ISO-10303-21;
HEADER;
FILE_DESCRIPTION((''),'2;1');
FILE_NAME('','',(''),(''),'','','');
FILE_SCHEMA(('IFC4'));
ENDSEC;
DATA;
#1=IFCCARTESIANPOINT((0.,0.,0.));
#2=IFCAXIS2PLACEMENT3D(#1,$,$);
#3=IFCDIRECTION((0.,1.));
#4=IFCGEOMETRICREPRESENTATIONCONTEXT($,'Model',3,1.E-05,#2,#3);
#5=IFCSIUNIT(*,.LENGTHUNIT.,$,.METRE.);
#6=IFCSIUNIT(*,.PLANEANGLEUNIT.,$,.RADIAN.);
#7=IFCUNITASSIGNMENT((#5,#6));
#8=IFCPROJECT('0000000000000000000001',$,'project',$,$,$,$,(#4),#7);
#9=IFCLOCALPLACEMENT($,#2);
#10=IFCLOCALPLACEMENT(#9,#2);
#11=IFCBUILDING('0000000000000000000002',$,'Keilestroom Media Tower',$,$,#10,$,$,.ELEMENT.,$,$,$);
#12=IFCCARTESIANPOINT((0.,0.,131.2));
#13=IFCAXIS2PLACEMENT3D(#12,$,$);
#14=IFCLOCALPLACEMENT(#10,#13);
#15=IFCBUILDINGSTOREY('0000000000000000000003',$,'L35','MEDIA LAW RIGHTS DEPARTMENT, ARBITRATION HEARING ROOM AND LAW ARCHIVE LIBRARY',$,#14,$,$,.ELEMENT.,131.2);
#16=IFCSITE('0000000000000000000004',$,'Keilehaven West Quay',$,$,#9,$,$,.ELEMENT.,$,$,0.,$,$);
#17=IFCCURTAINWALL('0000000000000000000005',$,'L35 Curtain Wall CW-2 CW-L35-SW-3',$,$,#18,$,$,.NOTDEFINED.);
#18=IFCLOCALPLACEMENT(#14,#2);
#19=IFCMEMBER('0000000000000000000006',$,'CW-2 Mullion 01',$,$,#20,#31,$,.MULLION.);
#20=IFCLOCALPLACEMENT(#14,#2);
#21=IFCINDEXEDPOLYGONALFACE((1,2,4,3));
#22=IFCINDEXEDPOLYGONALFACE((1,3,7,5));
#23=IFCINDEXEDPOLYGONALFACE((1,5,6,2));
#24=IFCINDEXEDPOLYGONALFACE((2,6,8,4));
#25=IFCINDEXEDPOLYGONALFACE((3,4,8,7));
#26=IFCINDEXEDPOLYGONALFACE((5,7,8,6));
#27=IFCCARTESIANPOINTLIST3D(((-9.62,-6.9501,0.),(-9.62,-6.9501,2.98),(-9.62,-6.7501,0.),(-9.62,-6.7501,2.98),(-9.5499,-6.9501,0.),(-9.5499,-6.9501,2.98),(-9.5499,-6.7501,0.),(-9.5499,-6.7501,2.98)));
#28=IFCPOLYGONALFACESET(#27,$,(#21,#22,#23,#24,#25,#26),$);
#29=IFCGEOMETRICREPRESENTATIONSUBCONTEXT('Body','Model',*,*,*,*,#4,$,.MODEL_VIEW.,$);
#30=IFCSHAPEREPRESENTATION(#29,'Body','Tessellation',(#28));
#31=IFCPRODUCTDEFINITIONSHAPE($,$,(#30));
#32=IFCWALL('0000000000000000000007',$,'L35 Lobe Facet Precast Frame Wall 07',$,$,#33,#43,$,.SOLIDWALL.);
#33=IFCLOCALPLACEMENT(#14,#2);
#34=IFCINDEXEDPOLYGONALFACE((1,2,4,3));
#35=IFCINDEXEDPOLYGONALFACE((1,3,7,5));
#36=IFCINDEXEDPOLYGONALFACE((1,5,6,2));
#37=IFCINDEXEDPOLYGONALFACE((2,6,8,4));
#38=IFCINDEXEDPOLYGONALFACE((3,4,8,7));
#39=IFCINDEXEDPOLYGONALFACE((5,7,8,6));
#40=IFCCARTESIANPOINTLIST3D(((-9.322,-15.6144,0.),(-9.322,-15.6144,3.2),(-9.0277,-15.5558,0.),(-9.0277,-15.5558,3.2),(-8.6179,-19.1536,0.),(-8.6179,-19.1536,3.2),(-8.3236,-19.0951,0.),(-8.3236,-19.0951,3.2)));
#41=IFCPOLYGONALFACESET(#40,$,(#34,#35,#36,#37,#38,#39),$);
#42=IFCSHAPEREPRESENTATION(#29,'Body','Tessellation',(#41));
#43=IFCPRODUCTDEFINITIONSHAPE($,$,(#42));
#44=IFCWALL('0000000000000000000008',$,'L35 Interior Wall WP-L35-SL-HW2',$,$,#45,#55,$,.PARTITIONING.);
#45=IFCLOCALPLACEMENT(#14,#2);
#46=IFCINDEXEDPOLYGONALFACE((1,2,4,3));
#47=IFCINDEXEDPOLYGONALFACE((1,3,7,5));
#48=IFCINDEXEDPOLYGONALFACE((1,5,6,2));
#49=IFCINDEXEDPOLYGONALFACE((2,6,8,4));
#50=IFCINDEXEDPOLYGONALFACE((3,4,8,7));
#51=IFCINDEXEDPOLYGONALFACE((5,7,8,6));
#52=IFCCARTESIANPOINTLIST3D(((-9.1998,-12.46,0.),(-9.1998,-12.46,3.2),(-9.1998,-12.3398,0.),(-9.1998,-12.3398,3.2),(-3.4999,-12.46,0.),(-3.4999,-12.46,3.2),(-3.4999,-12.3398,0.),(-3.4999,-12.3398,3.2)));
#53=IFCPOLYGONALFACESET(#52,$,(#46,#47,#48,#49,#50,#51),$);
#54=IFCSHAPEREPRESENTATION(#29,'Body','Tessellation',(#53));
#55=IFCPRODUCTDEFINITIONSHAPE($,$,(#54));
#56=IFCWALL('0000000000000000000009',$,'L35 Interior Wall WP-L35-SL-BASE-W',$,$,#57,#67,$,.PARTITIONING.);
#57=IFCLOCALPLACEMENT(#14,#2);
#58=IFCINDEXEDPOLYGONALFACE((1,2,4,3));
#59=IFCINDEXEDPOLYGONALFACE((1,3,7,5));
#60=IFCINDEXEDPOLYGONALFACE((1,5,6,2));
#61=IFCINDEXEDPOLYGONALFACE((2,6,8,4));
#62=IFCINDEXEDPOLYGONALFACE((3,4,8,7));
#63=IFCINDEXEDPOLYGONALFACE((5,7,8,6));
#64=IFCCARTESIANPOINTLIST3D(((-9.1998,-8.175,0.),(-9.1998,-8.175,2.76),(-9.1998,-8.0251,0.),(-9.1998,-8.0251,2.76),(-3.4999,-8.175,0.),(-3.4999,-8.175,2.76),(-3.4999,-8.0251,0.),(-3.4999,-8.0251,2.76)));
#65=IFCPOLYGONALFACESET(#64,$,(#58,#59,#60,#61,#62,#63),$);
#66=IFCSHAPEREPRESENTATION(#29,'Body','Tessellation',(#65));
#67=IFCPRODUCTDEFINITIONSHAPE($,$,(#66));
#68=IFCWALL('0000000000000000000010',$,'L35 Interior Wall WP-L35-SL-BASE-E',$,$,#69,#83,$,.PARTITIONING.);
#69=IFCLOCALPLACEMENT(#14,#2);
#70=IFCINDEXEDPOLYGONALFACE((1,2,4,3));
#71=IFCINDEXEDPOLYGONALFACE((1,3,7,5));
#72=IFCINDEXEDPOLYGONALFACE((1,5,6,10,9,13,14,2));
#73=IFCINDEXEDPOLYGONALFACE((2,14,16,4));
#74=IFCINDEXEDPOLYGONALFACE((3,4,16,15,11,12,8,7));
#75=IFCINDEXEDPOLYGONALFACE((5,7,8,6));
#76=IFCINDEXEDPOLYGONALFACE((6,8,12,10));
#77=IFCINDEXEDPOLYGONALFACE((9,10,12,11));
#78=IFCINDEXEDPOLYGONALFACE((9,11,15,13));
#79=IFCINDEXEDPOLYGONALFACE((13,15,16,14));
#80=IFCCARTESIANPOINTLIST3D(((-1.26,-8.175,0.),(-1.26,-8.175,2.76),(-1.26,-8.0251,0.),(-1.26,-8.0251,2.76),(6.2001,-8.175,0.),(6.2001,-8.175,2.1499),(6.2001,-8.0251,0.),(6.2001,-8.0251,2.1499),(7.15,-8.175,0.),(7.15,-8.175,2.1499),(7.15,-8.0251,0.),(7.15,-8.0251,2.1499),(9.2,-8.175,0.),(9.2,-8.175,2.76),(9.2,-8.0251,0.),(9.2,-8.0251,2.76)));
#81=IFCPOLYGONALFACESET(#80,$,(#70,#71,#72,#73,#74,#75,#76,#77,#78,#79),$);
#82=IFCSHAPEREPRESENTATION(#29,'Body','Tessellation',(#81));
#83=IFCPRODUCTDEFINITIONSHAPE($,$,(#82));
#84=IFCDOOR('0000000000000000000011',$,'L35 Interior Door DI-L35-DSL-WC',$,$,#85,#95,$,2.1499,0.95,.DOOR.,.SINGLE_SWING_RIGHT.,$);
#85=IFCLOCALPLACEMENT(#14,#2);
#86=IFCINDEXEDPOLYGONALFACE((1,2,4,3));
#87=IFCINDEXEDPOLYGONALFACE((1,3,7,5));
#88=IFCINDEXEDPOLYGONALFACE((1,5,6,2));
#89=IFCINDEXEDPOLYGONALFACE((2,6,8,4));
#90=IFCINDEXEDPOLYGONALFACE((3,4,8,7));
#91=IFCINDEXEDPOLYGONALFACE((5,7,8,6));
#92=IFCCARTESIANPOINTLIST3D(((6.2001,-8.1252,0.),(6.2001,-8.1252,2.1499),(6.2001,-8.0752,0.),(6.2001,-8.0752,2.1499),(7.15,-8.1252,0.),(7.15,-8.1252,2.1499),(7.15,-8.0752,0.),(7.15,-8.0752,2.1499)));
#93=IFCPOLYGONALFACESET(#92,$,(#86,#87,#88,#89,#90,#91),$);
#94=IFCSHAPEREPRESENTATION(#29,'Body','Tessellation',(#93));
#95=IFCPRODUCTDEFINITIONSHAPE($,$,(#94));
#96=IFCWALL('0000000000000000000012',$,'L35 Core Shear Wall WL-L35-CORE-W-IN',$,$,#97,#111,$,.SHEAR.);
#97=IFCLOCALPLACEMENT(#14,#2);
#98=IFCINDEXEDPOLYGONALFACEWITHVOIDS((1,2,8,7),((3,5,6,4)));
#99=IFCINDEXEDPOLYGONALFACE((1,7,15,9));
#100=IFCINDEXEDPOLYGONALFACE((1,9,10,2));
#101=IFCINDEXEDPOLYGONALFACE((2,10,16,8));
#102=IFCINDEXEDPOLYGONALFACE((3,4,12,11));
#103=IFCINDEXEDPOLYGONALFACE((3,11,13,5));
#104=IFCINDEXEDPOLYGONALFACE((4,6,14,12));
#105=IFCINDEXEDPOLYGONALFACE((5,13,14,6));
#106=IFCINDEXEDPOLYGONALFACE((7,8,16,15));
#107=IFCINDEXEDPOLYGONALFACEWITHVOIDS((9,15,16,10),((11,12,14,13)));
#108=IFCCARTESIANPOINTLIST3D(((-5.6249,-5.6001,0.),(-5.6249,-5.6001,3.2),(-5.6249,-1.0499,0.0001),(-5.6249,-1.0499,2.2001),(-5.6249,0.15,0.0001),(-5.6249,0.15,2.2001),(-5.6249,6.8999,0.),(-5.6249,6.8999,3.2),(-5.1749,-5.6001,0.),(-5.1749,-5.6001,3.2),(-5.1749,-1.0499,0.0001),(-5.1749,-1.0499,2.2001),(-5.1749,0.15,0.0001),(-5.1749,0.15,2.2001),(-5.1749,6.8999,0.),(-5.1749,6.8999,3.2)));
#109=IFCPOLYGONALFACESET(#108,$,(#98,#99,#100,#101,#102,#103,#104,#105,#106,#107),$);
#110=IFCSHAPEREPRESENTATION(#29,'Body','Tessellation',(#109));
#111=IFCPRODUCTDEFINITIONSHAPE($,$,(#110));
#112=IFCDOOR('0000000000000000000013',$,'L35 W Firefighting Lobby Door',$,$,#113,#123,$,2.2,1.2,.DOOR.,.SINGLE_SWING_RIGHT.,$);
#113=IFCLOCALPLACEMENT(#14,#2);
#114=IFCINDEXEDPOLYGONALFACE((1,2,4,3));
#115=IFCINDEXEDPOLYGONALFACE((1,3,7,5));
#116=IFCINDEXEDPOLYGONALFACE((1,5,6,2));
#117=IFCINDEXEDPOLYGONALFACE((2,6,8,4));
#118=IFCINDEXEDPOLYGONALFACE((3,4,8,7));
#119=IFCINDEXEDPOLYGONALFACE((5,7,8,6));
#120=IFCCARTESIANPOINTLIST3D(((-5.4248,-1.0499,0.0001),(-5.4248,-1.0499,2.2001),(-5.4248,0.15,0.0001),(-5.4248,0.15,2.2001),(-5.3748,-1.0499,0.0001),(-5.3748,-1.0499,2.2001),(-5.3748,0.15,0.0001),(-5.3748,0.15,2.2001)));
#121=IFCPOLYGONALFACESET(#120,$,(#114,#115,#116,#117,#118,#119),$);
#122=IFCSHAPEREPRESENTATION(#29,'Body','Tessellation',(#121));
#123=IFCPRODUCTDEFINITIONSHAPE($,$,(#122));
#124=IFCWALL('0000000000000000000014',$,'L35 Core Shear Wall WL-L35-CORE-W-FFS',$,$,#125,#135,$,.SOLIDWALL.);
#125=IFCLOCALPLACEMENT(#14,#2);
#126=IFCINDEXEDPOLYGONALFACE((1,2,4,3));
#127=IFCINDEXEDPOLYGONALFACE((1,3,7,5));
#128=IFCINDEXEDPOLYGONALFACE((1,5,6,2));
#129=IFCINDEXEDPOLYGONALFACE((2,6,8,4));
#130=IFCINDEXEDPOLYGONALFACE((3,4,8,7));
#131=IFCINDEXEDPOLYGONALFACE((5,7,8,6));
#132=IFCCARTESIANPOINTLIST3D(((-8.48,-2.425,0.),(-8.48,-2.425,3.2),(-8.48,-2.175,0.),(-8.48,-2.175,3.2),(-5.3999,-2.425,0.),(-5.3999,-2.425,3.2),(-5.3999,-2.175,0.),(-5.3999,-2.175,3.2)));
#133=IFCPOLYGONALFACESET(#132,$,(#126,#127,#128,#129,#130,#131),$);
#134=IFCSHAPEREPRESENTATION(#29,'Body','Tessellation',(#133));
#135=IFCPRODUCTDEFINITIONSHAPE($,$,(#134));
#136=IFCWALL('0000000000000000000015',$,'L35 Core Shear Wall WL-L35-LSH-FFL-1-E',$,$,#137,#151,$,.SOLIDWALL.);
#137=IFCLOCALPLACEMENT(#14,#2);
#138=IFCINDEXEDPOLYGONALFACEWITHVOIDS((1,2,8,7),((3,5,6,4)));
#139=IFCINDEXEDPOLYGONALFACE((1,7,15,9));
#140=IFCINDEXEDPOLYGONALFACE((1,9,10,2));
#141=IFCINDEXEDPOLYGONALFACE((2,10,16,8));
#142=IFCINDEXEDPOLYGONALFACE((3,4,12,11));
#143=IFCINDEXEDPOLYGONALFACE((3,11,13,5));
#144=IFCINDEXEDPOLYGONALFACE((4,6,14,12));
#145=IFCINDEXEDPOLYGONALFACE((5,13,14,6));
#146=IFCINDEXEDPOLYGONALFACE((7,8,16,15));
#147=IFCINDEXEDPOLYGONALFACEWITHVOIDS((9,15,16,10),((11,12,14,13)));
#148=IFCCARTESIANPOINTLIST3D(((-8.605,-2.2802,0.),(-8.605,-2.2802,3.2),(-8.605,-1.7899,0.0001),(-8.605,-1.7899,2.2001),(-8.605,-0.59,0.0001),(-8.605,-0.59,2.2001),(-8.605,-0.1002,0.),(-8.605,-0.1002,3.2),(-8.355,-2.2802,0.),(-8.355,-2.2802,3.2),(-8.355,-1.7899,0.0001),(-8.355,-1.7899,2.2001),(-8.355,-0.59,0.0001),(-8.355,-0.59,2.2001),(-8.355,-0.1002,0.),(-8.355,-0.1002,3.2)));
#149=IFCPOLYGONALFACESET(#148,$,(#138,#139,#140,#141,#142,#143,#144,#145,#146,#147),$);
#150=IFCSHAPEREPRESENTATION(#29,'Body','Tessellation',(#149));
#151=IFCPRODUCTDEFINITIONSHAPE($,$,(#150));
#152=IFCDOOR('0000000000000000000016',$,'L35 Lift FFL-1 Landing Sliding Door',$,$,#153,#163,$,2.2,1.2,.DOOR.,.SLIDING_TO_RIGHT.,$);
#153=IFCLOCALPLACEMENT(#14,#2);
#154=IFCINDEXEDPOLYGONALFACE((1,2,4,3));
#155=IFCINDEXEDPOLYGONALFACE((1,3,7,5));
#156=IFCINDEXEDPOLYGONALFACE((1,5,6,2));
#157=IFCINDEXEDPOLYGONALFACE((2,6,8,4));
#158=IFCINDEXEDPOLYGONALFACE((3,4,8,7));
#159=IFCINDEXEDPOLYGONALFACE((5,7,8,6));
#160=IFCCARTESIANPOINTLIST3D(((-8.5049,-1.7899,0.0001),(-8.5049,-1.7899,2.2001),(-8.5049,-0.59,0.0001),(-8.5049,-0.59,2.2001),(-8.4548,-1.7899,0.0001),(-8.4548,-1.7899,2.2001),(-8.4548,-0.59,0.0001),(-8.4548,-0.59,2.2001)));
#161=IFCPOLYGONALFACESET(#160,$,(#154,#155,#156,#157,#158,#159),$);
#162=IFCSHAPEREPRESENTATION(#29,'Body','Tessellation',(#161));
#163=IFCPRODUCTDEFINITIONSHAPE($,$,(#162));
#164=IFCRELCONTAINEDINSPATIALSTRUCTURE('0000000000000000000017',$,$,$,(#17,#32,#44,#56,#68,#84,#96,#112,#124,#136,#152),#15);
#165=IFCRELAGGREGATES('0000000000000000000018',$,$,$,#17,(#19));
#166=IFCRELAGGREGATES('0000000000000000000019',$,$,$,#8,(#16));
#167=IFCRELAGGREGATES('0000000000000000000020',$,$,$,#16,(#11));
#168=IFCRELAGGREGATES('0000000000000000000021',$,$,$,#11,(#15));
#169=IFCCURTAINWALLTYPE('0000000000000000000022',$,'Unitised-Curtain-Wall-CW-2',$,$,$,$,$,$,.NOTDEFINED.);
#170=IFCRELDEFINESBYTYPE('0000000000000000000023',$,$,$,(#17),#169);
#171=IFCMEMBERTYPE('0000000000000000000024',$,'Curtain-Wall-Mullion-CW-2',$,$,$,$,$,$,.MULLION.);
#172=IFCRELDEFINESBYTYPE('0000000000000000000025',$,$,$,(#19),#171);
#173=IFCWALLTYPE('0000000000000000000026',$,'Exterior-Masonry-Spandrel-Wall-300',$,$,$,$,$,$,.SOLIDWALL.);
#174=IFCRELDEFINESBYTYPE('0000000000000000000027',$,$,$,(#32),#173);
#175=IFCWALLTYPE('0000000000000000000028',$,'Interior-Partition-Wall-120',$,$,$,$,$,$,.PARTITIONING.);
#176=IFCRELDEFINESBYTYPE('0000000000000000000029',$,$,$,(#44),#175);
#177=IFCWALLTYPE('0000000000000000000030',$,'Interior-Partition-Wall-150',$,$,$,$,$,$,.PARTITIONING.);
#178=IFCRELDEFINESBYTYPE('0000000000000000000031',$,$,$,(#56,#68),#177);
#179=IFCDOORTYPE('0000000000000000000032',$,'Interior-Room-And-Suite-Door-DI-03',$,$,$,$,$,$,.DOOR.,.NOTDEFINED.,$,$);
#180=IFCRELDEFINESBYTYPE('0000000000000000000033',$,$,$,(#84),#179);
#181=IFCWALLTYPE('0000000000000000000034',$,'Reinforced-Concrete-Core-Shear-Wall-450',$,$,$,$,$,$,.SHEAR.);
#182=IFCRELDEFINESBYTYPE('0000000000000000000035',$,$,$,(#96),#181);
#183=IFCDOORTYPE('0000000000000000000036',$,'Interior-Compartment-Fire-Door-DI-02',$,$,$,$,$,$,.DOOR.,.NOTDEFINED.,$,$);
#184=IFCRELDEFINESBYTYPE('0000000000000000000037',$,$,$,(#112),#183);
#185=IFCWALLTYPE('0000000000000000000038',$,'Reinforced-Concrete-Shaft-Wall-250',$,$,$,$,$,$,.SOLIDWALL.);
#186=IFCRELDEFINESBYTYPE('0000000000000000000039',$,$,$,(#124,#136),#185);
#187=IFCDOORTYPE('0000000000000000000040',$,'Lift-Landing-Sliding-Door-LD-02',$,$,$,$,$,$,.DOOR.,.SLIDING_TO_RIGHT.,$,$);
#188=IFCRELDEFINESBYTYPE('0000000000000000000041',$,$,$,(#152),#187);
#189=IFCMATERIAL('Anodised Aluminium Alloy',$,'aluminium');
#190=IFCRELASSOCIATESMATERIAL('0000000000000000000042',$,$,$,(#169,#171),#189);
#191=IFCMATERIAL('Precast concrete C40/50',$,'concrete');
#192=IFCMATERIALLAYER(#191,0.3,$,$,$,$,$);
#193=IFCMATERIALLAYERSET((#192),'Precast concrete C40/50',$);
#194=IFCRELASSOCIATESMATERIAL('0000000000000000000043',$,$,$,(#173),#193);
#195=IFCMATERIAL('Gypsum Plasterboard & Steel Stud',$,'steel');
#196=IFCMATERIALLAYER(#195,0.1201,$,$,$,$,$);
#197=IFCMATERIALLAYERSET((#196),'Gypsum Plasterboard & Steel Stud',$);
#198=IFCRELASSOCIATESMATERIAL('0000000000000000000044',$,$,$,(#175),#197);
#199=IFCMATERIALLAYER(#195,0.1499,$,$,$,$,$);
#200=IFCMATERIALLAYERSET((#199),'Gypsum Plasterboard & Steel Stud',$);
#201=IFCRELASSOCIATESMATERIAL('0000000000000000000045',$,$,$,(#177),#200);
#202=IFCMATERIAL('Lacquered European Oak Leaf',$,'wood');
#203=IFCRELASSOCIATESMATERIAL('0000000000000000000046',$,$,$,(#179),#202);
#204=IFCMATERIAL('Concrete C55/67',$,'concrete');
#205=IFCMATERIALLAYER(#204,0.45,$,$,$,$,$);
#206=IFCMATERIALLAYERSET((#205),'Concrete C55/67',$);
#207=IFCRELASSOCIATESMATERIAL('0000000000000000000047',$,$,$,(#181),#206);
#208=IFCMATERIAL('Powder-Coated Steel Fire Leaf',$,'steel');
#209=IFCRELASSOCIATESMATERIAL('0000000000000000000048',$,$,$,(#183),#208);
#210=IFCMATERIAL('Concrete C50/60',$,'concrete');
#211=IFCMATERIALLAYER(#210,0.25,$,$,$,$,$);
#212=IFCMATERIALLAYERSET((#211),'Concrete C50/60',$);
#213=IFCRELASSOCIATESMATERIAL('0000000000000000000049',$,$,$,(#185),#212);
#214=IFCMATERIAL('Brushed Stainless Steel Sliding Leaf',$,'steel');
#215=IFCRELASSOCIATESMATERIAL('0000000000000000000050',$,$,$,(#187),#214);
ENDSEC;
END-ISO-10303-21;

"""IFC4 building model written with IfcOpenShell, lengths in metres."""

from ifc_helpers import new_model, si_unit, direction, frame, frame_2d, origin, origin_2d, place, context, subcontext, project, spatial, rectangle, extrude, source, transform, mapped, material, layer, layer_set, material_profile, profile_set, type_object, element, fill, aggregate, save


model = new_model("IFC4")

# Units and contexts
model_context = context("Model", 3, precision=1e-05, world=origin(), true_north=direction((0.0, 1.0)))
body_context = subcontext(model_context, "Body", "Model", "MODEL_VIEW")
ifc_project = project(units=[si_unit("LENGTHUNIT", "METRE"), si_unit("PLANEANGLEUNIT", "RADIAN")], contexts=[model_context])

# Site, building, storey
site_placement = place(None, origin())
site = spatial("IfcSite", under=ifc_project, at=site_placement, Name="Keilehaven West Quay", CompositionType="ELEMENT", RefElevation=0.0)
building_placement = place(site_placement, origin())
building = spatial("IfcBuilding", under=site, at=building_placement, Name="Keilestroom Media Tower", CompositionType="ELEMENT")
storey_placement = place(building_placement, frame((0.0, 0.0, 131.2)))
storey = spatial("IfcBuildingStorey", under=building, at=storey_placement, Name="L35", Description="MEDIA LAW RIGHTS DEPARTMENT, ARBITRATION HEARING ROOM AND LAW ARCHIVE LIBRARY", CompositionType="ELEMENT", Elevation=131.2)

# Shared definitions
ifc_material_1 = material(Name="Concrete C55/67", Category="concrete")

# Curtain wall, member
ifc_material_2 = material(Name="Anodised Aluminium Alloy", Category="aluminium")
curtain_wall_type = type_object("IfcCurtainWallType", Name="Unitised-Curtain-Wall-CW-2", PredefinedType="NOTDEFINED", material=ifc_material_2)
curtain_wall_placement = place(storey_placement, origin())
curtain_wall = element("IfcCurtainWall", 1, at=curtain_wall_placement, inside=storey, type_object=curtain_wall_type, Name="L35 Curtain Wall CW-2 CW-L35-SW-3", PredefinedType="NOTDEFINED")
ifc_material_profile_1 = material_profile(ifc_material_2, rectangle(XDim=0.0701, YDim=0.2, at=origin_2d()), Name="ALU MULLION 70x200")
ifc_profile_set_1 = profile_set([ifc_material_profile_1], Name="Anodised Aluminium Alloy")
member_type = type_object("IfcMemberType", Name="Curtain-Wall-Mullion-CW-2", PredefinedType="MULLION", material=ifc_profile_set_1)
shared_shape_1 = source(origin(), body_context, "Body", "SweptSolid", [
    extrude(rectangle(XDim=0.0701, YDim=0.2, at=origin_2d()), origin(), (0.0, 0.0, 1.0), 2.98),
])
member_placement = place(storey_placement, frame((-9.585, -6.8501, 0.0), z_axis=(0.0, 0.0, 1.0), x_axis=(1.0, 0.0, 0.0)))
member = element("IfcMember", 2, at=member_placement, type_object=member_type, Name="CW-2 Mullion 01", PredefinedType="MULLION", context=body_context, shape_type="MappedRepresentation", body=[
    mapped(shared_shape_1, transform((0.0, 0.0, 0.0), x_axis=(1.0, 0.0, 0.0), y_axis=(0.0, 1.0, 0.0), z_axis=(0.0, 0.0, 1.0), scale=1.0)),
])
aggregate(curtain_wall, [member])

# Walls
ifc_material_3 = material(Name="Precast concrete C40/50", Category="concrete")
ifc_layer_1 = layer(ifc_material_3, 0.3)
ifc_layer_set_1 = layer_set([ifc_layer_1], Name="Precast concrete C40/50")
wall_type_1 = type_object("IfcWallType", Name="Exterior-Masonry-Spandrel-Wall-300", PredefinedType="SOLIDWALL", material=ifc_layer_set_1)
wall_1_placement = place(storey_placement, frame((-9.1748, -15.5852, 0.0), z_axis=(0.0, 0.0, 1.0), x_axis=(0.195114, -0.980781, 0.0)))
element("IfcWall", 3, at=wall_1_placement, inside=storey, type_object=wall_type_1, Name="L35 Lobe Facet Precast Frame Wall 07", PredefinedType="SOLIDWALL", context=body_context, shape_type="SweptSolid", body=[
    extrude(rectangle(XDim=3.6086, YDim=0.3, at=frame_2d((1.8042, 0.0))), origin(), (0.0, 0.0, 1.0), 3.2),
])
ifc_material_4 = material(Name="Gypsum Plasterboard & Steel Stud", Category="steel")
ifc_layer_2 = layer(ifc_material_4, 0.1201)
ifc_layer_set_2 = layer_set([ifc_layer_2], Name="Gypsum Plasterboard & Steel Stud")
wall_type_2 = type_object("IfcWallType", Name="Interior-Partition-Wall-120", PredefinedType="PARTITIONING", material=ifc_layer_set_2)
wall_2_placement = place(storey_placement, frame((-9.2, -12.3999, 0.0), z_axis=(0.0, 0.0, 1.0), x_axis=(1.0, 0.0, 0.0)))
element("IfcWall", 4, at=wall_2_placement, inside=storey, type_object=wall_type_2, Name="L35 Interior Wall WP-L35-SL-HW2", PredefinedType="PARTITIONING", context=body_context, shape_type="SweptSolid", body=[
    extrude(rectangle(XDim=5.7, YDim=0.1201, at=frame_2d((2.8501, 0.0))), origin(), (0.0, 0.0, 1.0), 3.2),
])
ifc_layer_3 = layer(ifc_material_4, 0.1499)
ifc_layer_set_3 = layer_set([ifc_layer_3], Name="Gypsum Plasterboard & Steel Stud")
wall_type_3 = type_object("IfcWallType", Name="Interior-Partition-Wall-150", PredefinedType="PARTITIONING", material=ifc_layer_set_3)
wall_3_placement = place(storey_placement, frame((-9.2, -8.1001, 0.0), z_axis=(0.0, 0.0, 1.0), x_axis=(1.0, 0.0, 0.0)))
element("IfcWall", 5, at=wall_3_placement, inside=storey, type_object=wall_type_3, Name="L35 Interior Wall WP-L35-SL-BASE-W", PredefinedType="PARTITIONING", context=body_context, shape_type="SweptSolid", body=[
    extrude(rectangle(XDim=5.7, YDim=0.1499, at=frame_2d((2.8501, 0.0))), origin(), (0.0, 0.0, 1.0), 2.76),
])

# Walls, openings, doors
wall_4_placement = place(storey_placement, frame((-1.26, -8.1001, 0.0), z_axis=(0.0, 0.0, 1.0), x_axis=(1.0, 0.0, 0.0)))
wall_4 = element("IfcWall", 6, at=wall_4_placement, inside=storey, type_object=wall_type_3, Name="L35 Interior Wall WP-L35-SL-BASE-E", PredefinedType="PARTITIONING", context=body_context, shape_type="SweptSolid", body=[
    extrude(rectangle(XDim=10.46, YDim=0.1499, at=frame_2d((5.23, 0.0))), origin(), (0.0, 0.0, 1.0), 2.76),
])
opening_1_placement = place(wall_4_placement, frame((7.46, 0.0, 0.0)))
opening_1 = element("IfcOpeningElement", 7, at=opening_1_placement, cuts=wall_4, PredefinedType="OPENING", context=body_context, shape_type="SweptSolid", body=[
    extrude(rectangle(XDim=0.95, YDim=2.1499, at=frame_2d((0.4751, 1.075))), frame((0.0, 0.085, 0.0), z_axis=(0.0, -1.0, 0.0), x_axis=(1.0, 0.0, 0.0)), (0.0, 0.0, 1.0), 0.1699),
])
ifc_material_5 = material(Name="Lacquered European Oak Leaf", Category="wood")
door_type_1 = type_object("IfcDoorType", Name="Interior-Room-And-Suite-Door-DI-03", OperationType="NOTDEFINED", PredefinedType="DOOR", material=ifc_material_5)
shared_shape_2 = source(origin(), body_context, "Body", "SweptSolid", [
    extrude(rectangle(XDim=0.95, YDim=2.1499, at=frame_2d((0.4751, 1.075))), frame((0.0, 0.0249, 0.0), z_axis=(0.0, -1.0, 0.0), x_axis=(1.0, 0.0, 0.0)), (0.0, 0.0, 1.0), 0.05),
])
door_1_placement = place(opening_1_placement, origin())
door_1 = element("IfcDoor", 8, at=door_1_placement, inside=storey, type_object=door_type_1, Name="L35 Interior Door DI-L35-DSL-WC", OperationType="SINGLE_SWING_RIGHT", OverallHeight=2.1499, OverallWidth=0.95, PredefinedType="DOOR", context=body_context, shape_type="MappedRepresentation", body=[
    mapped(shared_shape_2, transform((0.0, 0.0, 0.0), x_axis=(1.0, 0.0, 0.0), y_axis=(0.0, 1.0, 0.0), z_axis=(0.0, 0.0, 1.0), scale=1.0)),
])
fill(opening_1, door_1)
ifc_layer_4 = layer(ifc_material_1, 0.45)
ifc_layer_set_4 = layer_set([ifc_layer_4], Name="Concrete C55/67")
wall_type_4 = type_object("IfcWallType", Name="Reinforced-Concrete-Core-Shear-Wall-450", PredefinedType="SHEAR", material=ifc_layer_set_4)
wall_5_placement = place(storey_placement, frame((-5.3999, -5.6001, 0.0), z_axis=(0.0, 0.0, 1.0), x_axis=(0.0, 1.0, 0.0)))
wall_5 = element("IfcWall", 9, at=wall_5_placement, inside=storey, type_object=wall_type_4, Name="L35 Core Shear Wall WL-L35-CORE-W-IN", PredefinedType="SHEAR", context=body_context, shape_type="SweptSolid", body=[
    extrude(rectangle(XDim=12.5, YDim=0.45, at=frame_2d((6.25, 0.0))), origin(), (0.0, 0.0, 1.0), 3.2),
])
opening_2_placement = place(wall_5_placement, frame((4.55, 0.0, 0.0)))
opening_2 = element("IfcOpeningElement", 10, at=opening_2_placement, cuts=wall_5, PredefinedType="OPENING", context=body_context, shape_type="SweptSolid", body=[
    extrude(rectangle(XDim=1.2, YDim=2.2, at=frame_2d((0.6001, 1.1001))), frame((0.0, 0.2349, 0.0), z_axis=(0.0, -1.0, 0.0), x_axis=(1.0, 0.0, 0.0)), (0.0, 0.0, 1.0), 0.47),
])
ifc_material_6 = material(Name="Powder-Coated Steel Fire Leaf", Category="steel")
door_type_2 = type_object("IfcDoorType", Name="Interior-Compartment-Fire-Door-DI-02", OperationType="NOTDEFINED", PredefinedType="DOOR", material=ifc_material_6)
shared_shape_3 = source(origin(), body_context, "Body", "SweptSolid", [
    extrude(rectangle(XDim=1.2, YDim=2.2, at=frame_2d((0.6001, 1.1001))), frame((0.0, 0.0249, 0.0), z_axis=(0.0, -1.0, 0.0), x_axis=(1.0, 0.0, 0.0)), (0.0, 0.0, 1.0), 0.05),
])
door_2_placement = place(opening_2_placement, origin())
door_2 = element("IfcDoor", 11, at=door_2_placement, inside=storey, type_object=door_type_2, Name="L35 W Firefighting Lobby Door", OperationType="SINGLE_SWING_RIGHT", OverallHeight=2.2, OverallWidth=1.2, PredefinedType="DOOR", context=body_context, shape_type="MappedRepresentation", body=[
    mapped(shared_shape_3, transform((0.0, 0.0, 0.0), x_axis=(1.0, 0.0, 0.0), y_axis=(0.0, 1.0, 0.0), z_axis=(0.0, 0.0, 1.0), scale=1.0)),
])
fill(opening_2, door_2)

# Wall
ifc_material_7 = material(Name="Concrete C50/60", Category="concrete")
ifc_layer_5 = layer(ifc_material_7, 0.25)
ifc_layer_set_5 = layer_set([ifc_layer_5], Name="Concrete C50/60")
wall_type_5 = type_object("IfcWallType", Name="Reinforced-Concrete-Shaft-Wall-250", PredefinedType="SOLIDWALL", material=ifc_layer_set_5)
wall_6_placement = place(storey_placement, frame((-8.48, -2.3, 0.0), z_axis=(0.0, 0.0, 1.0), x_axis=(1.0, 0.0, 0.0)))
element("IfcWall", 12, at=wall_6_placement, inside=storey, type_object=wall_type_5, Name="L35 Core Shear Wall WL-L35-CORE-W-FFS", PredefinedType="SOLIDWALL", context=body_context, shape_type="SweptSolid", body=[
    extrude(rectangle(XDim=3.0801, YDim=0.25, at=frame_2d((1.54, 0.0))), origin(), (0.0, 0.0, 1.0), 3.2),
])

# Wall, opening, door
wall_7_placement = place(storey_placement, frame((-8.48, -2.28, 0.0), z_axis=(0.0, 0.0, 1.0), x_axis=(0.0, 1.0, 0.0)))
wall_7 = element("IfcWall", 13, at=wall_7_placement, inside=storey, type_object=wall_type_5, Name="L35 Core Shear Wall WL-L35-LSH-FFL-1-E", PredefinedType="SOLIDWALL", context=body_context, shape_type="SweptSolid", body=[
    extrude(rectangle(XDim=2.1799, YDim=0.25, at=frame_2d((1.0898, 0.0))), origin(), (0.0, 0.0, 1.0), 3.2),
])
opening_3_placement = place(wall_7_placement, frame((0.49, 0.0, 0.0)))
opening_3 = element("IfcOpeningElement", 14, at=opening_3_placement, cuts=wall_7, PredefinedType="OPENING", context=body_context, shape_type="SweptSolid", body=[
    extrude(rectangle(XDim=1.2, YDim=2.2, at=frame_2d((0.6001, 1.1001))), frame((0.0, 0.135, 0.0), z_axis=(0.0, -1.0, 0.0), x_axis=(1.0, 0.0, 0.0)), (0.0, 0.0, 1.0), 0.27),
])
ifc_material_8 = material(Name="Brushed Stainless Steel Sliding Leaf", Category="steel")
door_type_3 = type_object("IfcDoorType", Name="Lift-Landing-Sliding-Door-LD-02", OperationType="SLIDING_TO_RIGHT", PredefinedType="DOOR", material=ifc_material_8)
door_3_placement = place(opening_3_placement, origin())
door_3 = element("IfcDoor", 15, at=door_3_placement, inside=storey, type_object=door_type_3, Name="L35 Lift FFL-1 Landing Sliding Door", OperationType="SLIDING_TO_RIGHT", OverallHeight=2.2, OverallWidth=1.2, PredefinedType="DOOR", context=body_context, shape_type="MappedRepresentation", body=[
    mapped(shared_shape_3, transform((0.0, 0.0, 0.0), x_axis=(1.0, 0.0, 0.0), y_axis=(0.0, 1.0, 0.0), z_axis=(0.0, 0.0, 1.0), scale=1.0)),
])
fill(opening_3, door_3)

save(model, "model.ifc")
